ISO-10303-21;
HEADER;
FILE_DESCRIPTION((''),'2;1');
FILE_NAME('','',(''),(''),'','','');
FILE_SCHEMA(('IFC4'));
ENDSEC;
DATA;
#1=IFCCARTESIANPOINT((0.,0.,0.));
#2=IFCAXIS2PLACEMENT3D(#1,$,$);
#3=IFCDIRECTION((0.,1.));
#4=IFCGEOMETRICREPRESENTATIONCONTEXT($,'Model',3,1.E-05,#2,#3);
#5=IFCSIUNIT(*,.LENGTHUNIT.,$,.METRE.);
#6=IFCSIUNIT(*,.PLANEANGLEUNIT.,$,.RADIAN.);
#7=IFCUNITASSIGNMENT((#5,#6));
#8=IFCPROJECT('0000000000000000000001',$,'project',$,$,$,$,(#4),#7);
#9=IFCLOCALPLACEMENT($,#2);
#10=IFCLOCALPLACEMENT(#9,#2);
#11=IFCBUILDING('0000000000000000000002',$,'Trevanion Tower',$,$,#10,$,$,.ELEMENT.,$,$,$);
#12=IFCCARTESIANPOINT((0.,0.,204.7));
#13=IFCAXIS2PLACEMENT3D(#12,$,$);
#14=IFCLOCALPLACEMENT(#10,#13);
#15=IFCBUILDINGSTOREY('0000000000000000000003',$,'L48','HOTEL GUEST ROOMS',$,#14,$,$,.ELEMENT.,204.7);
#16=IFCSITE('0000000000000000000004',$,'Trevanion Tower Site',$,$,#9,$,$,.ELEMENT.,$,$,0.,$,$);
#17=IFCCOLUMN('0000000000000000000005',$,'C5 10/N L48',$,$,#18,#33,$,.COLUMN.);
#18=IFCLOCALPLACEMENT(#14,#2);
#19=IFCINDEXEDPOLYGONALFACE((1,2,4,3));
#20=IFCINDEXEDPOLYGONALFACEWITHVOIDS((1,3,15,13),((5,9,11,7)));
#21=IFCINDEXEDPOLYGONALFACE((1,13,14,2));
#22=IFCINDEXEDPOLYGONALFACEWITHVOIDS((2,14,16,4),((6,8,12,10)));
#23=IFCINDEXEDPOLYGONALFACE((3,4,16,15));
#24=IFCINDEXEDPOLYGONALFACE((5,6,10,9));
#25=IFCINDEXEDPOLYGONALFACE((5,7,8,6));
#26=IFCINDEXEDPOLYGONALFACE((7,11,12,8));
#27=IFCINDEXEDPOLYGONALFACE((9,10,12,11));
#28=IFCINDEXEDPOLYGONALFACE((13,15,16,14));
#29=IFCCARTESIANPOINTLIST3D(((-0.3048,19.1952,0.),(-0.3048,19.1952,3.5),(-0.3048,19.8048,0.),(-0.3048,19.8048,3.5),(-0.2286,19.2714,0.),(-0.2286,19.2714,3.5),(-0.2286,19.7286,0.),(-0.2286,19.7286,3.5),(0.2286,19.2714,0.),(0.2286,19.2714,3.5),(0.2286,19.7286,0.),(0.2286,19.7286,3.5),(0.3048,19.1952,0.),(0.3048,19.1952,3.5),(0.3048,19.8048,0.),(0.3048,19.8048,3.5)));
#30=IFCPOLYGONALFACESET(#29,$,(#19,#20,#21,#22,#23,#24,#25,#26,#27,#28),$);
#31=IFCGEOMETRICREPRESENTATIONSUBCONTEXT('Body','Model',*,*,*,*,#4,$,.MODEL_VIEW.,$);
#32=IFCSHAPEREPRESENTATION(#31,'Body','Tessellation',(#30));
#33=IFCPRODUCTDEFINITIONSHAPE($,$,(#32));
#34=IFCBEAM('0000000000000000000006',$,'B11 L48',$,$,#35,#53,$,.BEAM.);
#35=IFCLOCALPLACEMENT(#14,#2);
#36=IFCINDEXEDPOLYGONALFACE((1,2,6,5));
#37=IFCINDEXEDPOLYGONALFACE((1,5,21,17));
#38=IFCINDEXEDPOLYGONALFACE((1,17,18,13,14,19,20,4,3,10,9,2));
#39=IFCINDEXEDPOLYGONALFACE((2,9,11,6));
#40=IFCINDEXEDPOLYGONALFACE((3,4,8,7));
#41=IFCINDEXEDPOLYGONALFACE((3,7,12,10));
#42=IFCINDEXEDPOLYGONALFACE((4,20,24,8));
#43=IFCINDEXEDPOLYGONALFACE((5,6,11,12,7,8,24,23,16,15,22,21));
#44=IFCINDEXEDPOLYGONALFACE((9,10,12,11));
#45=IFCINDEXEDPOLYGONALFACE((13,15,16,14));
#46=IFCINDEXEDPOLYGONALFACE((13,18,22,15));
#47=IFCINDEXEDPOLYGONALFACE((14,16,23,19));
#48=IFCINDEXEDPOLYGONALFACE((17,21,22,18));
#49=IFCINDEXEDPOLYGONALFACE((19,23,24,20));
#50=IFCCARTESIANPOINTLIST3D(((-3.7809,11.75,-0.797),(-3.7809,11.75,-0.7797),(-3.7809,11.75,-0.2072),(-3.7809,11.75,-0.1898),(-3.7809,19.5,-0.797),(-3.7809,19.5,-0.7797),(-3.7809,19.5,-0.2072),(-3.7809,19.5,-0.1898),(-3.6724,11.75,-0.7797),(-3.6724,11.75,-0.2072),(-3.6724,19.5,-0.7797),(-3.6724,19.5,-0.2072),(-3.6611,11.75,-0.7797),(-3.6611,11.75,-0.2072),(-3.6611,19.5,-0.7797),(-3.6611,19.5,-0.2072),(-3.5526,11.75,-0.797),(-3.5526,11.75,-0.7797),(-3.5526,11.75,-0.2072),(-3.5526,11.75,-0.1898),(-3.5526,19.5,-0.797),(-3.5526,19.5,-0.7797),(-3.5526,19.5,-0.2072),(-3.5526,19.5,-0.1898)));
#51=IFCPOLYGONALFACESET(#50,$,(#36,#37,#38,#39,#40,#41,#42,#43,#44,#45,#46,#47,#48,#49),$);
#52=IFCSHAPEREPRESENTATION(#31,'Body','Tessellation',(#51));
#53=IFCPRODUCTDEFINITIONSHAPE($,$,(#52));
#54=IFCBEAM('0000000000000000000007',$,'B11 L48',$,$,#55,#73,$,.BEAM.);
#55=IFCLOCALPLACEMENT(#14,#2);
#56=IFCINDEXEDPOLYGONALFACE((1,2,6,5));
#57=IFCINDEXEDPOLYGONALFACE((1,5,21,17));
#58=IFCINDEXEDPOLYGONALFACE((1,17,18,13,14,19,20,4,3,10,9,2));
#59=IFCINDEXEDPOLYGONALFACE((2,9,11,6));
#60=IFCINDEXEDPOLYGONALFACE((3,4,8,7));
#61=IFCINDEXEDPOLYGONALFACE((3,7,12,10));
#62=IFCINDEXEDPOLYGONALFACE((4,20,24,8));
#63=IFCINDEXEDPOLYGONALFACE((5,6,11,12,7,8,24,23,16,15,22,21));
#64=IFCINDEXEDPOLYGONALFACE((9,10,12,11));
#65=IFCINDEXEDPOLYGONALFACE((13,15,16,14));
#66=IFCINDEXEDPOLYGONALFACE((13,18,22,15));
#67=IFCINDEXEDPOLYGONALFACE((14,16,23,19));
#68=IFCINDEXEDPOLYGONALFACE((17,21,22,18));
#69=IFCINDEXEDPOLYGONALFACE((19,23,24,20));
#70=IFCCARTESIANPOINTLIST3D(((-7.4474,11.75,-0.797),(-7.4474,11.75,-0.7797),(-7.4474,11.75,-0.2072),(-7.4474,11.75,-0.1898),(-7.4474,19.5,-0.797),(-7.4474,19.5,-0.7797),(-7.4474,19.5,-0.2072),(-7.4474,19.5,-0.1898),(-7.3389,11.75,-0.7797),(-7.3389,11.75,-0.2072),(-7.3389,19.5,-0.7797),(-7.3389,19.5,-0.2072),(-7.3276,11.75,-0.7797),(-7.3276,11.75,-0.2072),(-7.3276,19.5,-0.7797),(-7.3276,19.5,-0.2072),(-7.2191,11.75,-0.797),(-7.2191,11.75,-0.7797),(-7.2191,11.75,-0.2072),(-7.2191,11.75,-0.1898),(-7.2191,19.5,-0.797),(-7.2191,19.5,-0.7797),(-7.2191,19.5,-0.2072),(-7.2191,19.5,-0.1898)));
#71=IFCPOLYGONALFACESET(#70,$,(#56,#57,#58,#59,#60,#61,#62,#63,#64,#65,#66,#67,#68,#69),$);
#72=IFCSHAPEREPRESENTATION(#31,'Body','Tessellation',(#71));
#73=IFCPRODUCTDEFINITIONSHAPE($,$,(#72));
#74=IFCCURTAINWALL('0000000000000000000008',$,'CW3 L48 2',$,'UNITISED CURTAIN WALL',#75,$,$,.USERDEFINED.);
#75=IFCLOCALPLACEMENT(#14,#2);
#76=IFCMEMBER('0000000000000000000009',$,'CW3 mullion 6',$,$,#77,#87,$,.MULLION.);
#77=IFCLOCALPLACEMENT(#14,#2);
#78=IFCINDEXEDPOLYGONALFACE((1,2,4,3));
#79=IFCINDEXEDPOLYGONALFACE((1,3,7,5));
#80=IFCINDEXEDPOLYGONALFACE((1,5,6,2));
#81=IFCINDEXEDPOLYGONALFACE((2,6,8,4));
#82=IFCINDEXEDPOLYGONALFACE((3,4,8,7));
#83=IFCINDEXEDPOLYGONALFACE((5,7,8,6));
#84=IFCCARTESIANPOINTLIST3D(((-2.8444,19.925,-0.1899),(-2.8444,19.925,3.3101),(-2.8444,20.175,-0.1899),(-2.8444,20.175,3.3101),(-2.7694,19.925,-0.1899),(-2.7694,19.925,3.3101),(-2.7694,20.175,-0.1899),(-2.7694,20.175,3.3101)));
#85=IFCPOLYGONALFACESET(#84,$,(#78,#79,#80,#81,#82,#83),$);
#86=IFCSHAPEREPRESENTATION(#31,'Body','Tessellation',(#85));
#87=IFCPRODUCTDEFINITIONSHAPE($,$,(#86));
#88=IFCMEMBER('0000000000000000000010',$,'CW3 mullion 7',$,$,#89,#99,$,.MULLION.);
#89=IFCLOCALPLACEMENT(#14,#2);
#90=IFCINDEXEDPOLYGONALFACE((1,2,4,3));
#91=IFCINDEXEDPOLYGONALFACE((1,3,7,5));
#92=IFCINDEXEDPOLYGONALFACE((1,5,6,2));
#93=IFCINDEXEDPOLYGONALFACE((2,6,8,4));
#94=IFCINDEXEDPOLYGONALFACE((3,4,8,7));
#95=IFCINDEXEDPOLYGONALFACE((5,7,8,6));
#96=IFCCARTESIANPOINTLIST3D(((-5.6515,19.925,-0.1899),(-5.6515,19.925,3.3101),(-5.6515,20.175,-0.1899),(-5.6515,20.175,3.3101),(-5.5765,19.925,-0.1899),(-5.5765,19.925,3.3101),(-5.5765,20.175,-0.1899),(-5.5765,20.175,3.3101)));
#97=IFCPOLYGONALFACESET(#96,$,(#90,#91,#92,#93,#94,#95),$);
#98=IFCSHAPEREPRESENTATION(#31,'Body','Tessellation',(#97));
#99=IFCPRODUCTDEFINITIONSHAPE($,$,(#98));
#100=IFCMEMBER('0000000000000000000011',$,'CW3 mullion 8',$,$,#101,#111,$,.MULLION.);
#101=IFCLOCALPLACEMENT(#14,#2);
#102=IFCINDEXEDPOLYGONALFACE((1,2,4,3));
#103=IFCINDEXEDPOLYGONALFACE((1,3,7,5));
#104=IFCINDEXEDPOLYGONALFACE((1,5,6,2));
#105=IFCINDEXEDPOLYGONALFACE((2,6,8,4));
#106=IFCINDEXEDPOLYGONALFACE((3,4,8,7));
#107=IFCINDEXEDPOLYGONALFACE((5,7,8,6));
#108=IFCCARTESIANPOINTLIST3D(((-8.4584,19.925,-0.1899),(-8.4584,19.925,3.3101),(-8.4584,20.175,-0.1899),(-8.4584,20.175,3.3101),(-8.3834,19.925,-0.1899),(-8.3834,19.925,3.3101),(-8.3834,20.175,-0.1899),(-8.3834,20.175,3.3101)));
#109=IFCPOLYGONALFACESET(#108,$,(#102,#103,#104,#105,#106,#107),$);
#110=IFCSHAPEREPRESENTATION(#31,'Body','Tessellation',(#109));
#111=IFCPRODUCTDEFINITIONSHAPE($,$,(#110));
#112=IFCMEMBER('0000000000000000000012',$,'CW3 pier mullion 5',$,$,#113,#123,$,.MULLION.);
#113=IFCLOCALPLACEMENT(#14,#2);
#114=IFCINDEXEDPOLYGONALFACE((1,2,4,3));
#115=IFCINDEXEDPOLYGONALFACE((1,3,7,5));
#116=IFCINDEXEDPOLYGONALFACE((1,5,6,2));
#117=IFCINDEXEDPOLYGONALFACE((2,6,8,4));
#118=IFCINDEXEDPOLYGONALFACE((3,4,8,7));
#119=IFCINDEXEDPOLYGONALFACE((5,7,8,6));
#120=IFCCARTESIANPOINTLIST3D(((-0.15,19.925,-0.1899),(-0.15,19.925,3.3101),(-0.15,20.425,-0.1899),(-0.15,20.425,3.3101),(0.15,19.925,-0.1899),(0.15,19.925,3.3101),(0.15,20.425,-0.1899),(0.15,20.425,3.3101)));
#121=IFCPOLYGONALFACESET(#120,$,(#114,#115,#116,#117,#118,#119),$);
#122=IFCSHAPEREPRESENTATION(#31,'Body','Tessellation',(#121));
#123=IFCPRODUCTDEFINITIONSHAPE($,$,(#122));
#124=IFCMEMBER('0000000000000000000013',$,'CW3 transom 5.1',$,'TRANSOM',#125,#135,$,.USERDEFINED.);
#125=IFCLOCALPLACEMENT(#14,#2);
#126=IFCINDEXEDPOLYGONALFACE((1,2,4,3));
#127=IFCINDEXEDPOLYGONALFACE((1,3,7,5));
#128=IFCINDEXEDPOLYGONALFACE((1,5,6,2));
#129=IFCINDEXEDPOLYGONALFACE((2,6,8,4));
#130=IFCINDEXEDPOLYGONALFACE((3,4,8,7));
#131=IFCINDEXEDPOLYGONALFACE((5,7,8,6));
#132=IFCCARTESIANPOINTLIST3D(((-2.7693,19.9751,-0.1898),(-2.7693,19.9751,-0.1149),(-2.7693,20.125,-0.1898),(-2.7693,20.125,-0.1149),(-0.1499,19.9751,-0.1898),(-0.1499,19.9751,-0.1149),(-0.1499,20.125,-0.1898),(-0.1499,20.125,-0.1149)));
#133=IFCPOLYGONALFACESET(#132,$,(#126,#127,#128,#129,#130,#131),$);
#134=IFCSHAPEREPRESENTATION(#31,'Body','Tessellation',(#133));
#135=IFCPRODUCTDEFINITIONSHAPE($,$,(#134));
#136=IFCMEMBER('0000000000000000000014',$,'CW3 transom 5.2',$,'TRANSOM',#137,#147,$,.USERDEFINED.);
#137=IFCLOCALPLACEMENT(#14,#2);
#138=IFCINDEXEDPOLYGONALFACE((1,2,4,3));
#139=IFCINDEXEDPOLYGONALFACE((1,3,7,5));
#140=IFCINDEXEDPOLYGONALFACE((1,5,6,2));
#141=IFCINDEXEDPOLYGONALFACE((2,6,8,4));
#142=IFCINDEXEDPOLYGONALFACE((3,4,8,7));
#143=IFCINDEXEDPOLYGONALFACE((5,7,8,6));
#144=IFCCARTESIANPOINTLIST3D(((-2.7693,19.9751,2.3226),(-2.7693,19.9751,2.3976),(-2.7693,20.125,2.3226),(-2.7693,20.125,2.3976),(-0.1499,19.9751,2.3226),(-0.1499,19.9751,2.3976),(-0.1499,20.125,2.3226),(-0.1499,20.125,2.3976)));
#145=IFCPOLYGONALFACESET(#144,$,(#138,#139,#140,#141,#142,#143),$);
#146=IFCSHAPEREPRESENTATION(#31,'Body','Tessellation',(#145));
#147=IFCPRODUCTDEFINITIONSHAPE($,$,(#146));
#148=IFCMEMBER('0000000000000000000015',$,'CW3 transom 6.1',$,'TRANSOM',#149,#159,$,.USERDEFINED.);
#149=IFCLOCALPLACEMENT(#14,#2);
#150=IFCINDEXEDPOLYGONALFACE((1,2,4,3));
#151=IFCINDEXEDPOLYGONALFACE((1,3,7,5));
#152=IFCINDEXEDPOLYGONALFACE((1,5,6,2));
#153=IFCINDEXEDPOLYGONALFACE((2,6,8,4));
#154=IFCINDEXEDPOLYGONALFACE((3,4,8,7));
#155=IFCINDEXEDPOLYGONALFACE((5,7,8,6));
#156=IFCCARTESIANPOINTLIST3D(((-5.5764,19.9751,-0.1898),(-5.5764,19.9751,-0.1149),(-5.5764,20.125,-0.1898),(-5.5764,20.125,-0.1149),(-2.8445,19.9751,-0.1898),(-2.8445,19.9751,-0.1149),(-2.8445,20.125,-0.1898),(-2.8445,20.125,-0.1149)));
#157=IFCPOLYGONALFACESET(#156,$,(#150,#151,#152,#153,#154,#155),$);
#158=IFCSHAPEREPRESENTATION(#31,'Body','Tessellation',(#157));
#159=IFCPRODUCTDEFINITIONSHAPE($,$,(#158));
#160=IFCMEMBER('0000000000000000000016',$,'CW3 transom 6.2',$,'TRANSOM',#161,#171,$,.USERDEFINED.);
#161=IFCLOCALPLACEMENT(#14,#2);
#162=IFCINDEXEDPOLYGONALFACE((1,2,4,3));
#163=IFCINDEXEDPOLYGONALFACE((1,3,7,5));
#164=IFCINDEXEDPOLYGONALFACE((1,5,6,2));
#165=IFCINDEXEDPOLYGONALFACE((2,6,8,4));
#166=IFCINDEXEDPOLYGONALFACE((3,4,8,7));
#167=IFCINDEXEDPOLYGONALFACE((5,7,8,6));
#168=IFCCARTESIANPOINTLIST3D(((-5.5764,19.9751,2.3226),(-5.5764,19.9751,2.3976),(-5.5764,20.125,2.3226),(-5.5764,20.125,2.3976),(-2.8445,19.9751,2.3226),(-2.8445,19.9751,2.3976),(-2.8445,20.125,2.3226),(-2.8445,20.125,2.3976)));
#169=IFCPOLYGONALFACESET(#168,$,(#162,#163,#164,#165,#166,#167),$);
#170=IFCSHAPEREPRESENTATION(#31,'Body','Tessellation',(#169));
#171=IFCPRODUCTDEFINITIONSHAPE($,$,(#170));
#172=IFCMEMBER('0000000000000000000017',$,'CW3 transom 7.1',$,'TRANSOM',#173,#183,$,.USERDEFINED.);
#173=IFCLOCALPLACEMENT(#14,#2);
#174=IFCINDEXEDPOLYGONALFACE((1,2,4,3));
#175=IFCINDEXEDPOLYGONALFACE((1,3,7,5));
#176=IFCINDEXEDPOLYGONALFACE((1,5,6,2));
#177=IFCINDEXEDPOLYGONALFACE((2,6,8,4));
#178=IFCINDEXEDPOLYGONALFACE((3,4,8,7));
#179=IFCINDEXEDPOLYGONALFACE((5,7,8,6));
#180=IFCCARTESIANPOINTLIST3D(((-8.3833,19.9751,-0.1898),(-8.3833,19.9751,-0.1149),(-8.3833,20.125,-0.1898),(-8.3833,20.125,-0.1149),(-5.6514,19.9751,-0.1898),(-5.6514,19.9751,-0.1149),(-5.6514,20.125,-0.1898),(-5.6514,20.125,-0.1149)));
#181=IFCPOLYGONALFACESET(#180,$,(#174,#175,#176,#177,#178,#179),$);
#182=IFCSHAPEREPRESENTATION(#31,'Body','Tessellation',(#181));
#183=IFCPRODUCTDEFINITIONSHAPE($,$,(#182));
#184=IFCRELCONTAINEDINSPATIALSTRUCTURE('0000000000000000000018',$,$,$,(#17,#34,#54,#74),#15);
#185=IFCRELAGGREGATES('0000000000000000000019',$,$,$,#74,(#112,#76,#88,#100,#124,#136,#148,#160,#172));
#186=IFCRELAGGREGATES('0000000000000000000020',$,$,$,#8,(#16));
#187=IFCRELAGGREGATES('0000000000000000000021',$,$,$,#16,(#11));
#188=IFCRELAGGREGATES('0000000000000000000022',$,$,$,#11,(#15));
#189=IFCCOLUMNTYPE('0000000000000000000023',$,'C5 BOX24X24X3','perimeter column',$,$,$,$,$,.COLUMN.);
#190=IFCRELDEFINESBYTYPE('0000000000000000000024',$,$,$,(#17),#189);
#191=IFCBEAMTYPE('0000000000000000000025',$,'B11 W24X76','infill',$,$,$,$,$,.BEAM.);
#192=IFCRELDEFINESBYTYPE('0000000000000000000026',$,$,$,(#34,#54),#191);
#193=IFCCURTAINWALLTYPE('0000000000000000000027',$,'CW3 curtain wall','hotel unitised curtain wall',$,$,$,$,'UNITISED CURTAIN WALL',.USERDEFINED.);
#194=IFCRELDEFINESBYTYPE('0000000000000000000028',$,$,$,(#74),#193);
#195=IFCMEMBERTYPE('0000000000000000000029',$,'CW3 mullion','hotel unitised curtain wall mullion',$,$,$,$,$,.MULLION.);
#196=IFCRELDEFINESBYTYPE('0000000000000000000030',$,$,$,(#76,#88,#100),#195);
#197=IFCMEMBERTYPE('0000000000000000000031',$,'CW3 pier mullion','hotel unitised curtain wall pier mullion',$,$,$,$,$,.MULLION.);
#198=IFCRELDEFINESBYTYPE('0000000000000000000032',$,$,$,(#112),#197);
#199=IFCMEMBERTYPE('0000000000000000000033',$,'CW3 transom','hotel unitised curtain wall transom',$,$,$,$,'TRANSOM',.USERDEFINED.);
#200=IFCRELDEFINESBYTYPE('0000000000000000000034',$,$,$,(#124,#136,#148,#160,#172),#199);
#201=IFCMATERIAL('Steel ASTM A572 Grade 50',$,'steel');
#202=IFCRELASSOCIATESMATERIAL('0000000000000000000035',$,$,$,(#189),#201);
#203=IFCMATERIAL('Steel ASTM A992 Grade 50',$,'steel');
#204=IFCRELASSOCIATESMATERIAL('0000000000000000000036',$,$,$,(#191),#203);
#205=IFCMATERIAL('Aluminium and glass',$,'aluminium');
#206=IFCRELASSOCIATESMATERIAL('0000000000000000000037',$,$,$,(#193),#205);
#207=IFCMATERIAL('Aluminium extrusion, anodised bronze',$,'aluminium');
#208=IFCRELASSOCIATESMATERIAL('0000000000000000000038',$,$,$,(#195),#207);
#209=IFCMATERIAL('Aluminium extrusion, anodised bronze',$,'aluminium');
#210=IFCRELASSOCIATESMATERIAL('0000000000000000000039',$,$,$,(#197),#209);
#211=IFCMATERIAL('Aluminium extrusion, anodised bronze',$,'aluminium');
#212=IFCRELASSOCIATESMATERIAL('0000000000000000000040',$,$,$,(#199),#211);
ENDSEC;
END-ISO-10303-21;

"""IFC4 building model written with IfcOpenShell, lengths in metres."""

from ifc_helpers import new_model, si_unit, direction, frame, origin, origin_2d, place, context, subcontext, project, spatial, rectangle, hollow_rectangle, i_section, extrude, material, material_profile, profile_set, type_object, element, aggregate, save


model = new_model("IFC4")

# Units and contexts
model_context = context("Model", 3, precision=1e-05, world=origin(), true_north=direction((0.0, 1.0)))
body_context = subcontext(model_context, "Body", "Model", "MODEL_VIEW")
ifc_project = project(units=[si_unit("LENGTHUNIT", "METRE"), si_unit("PLANEANGLEUNIT", "RADIAN")], contexts=[model_context])

# Site, building, storey
site_placement = place(None, origin())
site = spatial("IfcSite", under=ifc_project, at=site_placement, Name="Trevanion Tower Site", CompositionType="ELEMENT", RefElevation=0.0)
building_placement = place(site_placement, origin())
building = spatial("IfcBuilding", under=site, at=building_placement, Name="Trevanion Tower", CompositionType="ELEMENT")
storey_placement = place(building_placement, frame((0.0, 0.0, 204.7)))
storey = spatial("IfcBuildingStorey", under=building, at=storey_placement, Name="L48", Description="HOTEL GUEST ROOMS", CompositionType="ELEMENT", Elevation=204.7)

# Column
ifc_material_1 = material(Name="Steel ASTM A572 Grade 50", Category="steel")
ifc_material_profile_1 = material_profile(ifc_material_1, hollow_rectangle(XDim=0.6096, YDim=0.6096, WallThickness=0.0762, at=origin_2d()), Name="BOX24X24X3")
ifc_profile_set_1 = profile_set([ifc_material_profile_1], Name="Steel ASTM A572 Grade 50")
column_type = type_object("IfcColumnType", Name="C5 BOX24X24X3", Description="perimeter column", PredefinedType="COLUMN", material=ifc_profile_set_1)
column_placement = place(storey_placement, frame((0.0, 19.5, 0.0), z_axis=(0.0, 0.0, 1.0), x_axis=(1.0, 0.0, 0.0)))
element("IfcColumn", 1, at=column_placement, inside=storey, type_object=column_type, Name="C5 10/N L48", PredefinedType="COLUMN", context=body_context, shape_type="SweptSolid", body=[
    extrude(hollow_rectangle(XDim=0.6096, YDim=0.6096, WallThickness=0.0762, at=origin_2d()), origin(), (0.0, 0.0, 1.0), 3.5),
])

# Beams
ifc_material_2 = material(Name="Steel ASTM A992 Grade 50", Category="steel")
ifc_material_profile_2 = material_profile(ifc_material_2, i_section(OverallWidth=0.2283, OverallDepth=0.6072, WebThickness=0.0112, FlangeThickness=0.0173, at=origin_2d()), Name="W24X76")
ifc_profile_set_2 = profile_set([ifc_material_profile_2], Name="Steel ASTM A992 Grade 50")
beam_type_1 = type_object("IfcBeamType", Name="B11 W24X76", Description="infill", PredefinedType="BEAM", material=ifc_profile_set_2)
for number, where, z_axis, x_axis, name in (
    (2, (-3.6667, 11.75, -0.4934), (0.0, 1.0, 0.0), (-1.0, 0.0, 0.0), "B11 L48"),
    (3, (-7.3333, 11.75, -0.4934), (0.0, 1.0, 0.0), (-1.0, 0.0, 0.0), "B11 L48"),
):
    element("IfcBeam", number, at=place(storey_placement, frame(where, z_axis=z_axis, x_axis=x_axis)), inside=storey, type_object=beam_type_1, Name=name, PredefinedType="BEAM", context=body_context, shape_type="SweptSolid", body=[
        extrude(i_section(OverallWidth=0.2283, OverallDepth=0.6072, WebThickness=0.0112, FlangeThickness=0.0173, at=origin_2d()), origin(), (0.0, 0.0, 1.0), 7.75),
    ])

# Curtain wall, members
ifc_material_3 = material(Name="Aluminium and glass", Category="aluminium")
curtain_wall_type = type_object("IfcCurtainWallType", Name="CW3 curtain wall", Description="hotel unitised curtain wall", ElementType="UNITISED CURTAIN WALL", PredefinedType="USERDEFINED", material=ifc_material_3)
curtain_wall_placement = place(storey_placement, origin())
curtain_wall = element("IfcCurtainWall", 4, at=curtain_wall_placement, inside=storey, type_object=curtain_wall_type, Name="CW3 L48 2", ObjectType="UNITISED CURTAIN WALL", PredefinedType="USERDEFINED")
ifc_material_4 = material(Name="Aluminium extrusion, anodised bronze", Category="aluminium")
ifc_material_profile_3 = material_profile(ifc_material_4, rectangle(XDim=0.075, YDim=0.25, at=origin_2d()), Name="CW3 mullion")
ifc_profile_set_3 = profile_set([ifc_material_profile_3], Name="Aluminium extrusion, anodised bronze")
member_type_1 = type_object("IfcMemberType", Name="CW3 mullion", Description="hotel unitised curtain wall mullion", PredefinedType="MULLION", material=ifc_profile_set_3)
member_1_placement = place(storey_placement, frame((-2.8069, 20.05, -0.1899), z_axis=(0.0, 0.0, 1.0), x_axis=(-1.0, 0.0, 0.0)))
member_1 = element("IfcMember", 5, at=member_1_placement, type_object=member_type_1, Name="CW3 mullion 6", PredefinedType="MULLION", context=body_context, shape_type="SweptSolid", body=[
    extrude(rectangle(XDim=0.075, YDim=0.25, at=origin_2d()), origin(), (0.0, 0.0, 1.0), 3.5),
])
member_2_placement = place(storey_placement, frame((-5.614, 20.05, -0.1899), z_axis=(0.0, 0.0, 1.0), x_axis=(-1.0, 0.0, 0.0)))
member_2 = element("IfcMember", 6, at=member_2_placement, type_object=member_type_1, Name="CW3 mullion 7", PredefinedType="MULLION", context=body_context, shape_type="SweptSolid", body=[
    extrude(rectangle(XDim=0.075, YDim=0.25, at=origin_2d()), origin(), (0.0, 0.0, 1.0), 3.5),
])
member_3_placement = place(storey_placement, frame((-8.4209, 20.05, -0.1899), z_axis=(0.0, 0.0, 1.0), x_axis=(-1.0, 0.0, 0.0)))
member_3 = element("IfcMember", 7, at=member_3_placement, type_object=member_type_1, Name="CW3 mullion 8", PredefinedType="MULLION", context=body_context, shape_type="SweptSolid", body=[
    extrude(rectangle(XDim=0.075, YDim=0.25, at=origin_2d()), origin(), (0.0, 0.0, 1.0), 3.5),
])
ifc_material_5 = material(Name="Aluminium extrusion, anodised bronze", Category="aluminium")
ifc_material_profile_4 = material_profile(ifc_material_5, rectangle(XDim=0.3, YDim=0.5, at=origin_2d()), Name="CW3 pier mullion")
ifc_profile_set_4 = profile_set([ifc_material_profile_4], Name="Aluminium extrusion, anodised bronze")
member_type_2 = type_object("IfcMemberType", Name="CW3 pier mullion", Description="hotel unitised curtain wall pier mullion", PredefinedType="MULLION", material=ifc_profile_set_4)
member_4_placement = place(storey_placement, frame((0.0, 20.175, -0.1899), z_axis=(0.0, 0.0, 1.0), x_axis=(-1.0, 0.0, 0.0)))
member_4 = element("IfcMember", 8, at=member_4_placement, type_object=member_type_2, Name="CW3 pier mullion 5", PredefinedType="MULLION", context=body_context, shape_type="SweptSolid", body=[
    extrude(rectangle(XDim=0.3, YDim=0.5, at=origin_2d()), origin(), (0.0, 0.0, 1.0), 3.5),
])
ifc_material_6 = material(Name="Aluminium extrusion, anodised bronze", Category="aluminium")
ifc_material_profile_5 = material_profile(ifc_material_6, rectangle(XDim=0.1499, YDim=0.075, at=origin_2d()), Name="CW3 transom")
ifc_profile_set_5 = profile_set([ifc_material_profile_5], Name="Aluminium extrusion, anodised bronze")
member_type_3 = type_object("IfcMemberType", Name="CW3 transom", Description="hotel unitised curtain wall transom", ElementType="TRANSOM", PredefinedType="USERDEFINED", material=ifc_profile_set_5)
member_5_placement = place(storey_placement, frame((-0.1499, 20.05, -0.1523), z_axis=(-1.0, 0.0, 0.0), x_axis=(0.0, -1.0, 0.0)))
member_5 = element("IfcMember", 9, at=member_5_placement, type_object=member_type_3, Name="CW3 transom 5.1", ObjectType="TRANSOM", PredefinedType="USERDEFINED", context=body_context, shape_type="SweptSolid", body=[
    extrude(rectangle(XDim=0.1499, YDim=0.075, at=origin_2d()), origin(), (0.0, 0.0, 1.0), 2.6194),
])
member_6_placement = place(storey_placement, frame((-0.1499, 20.05, 2.3601), z_axis=(-1.0, 0.0, 0.0), x_axis=(0.0, -1.0, 0.0)))
member_6 = element("IfcMember", 10, at=member_6_placement, type_object=member_type_3, Name="CW3 transom 5.2", ObjectType="TRANSOM", PredefinedType="USERDEFINED", context=body_context, shape_type="SweptSolid", body=[
    extrude(rectangle(XDim=0.1499, YDim=0.075, at=origin_2d()), origin(), (0.0, 0.0, 1.0), 2.6194),
])
member_7_placement = place(storey_placement, frame((-2.8445, 20.05, -0.1523), z_axis=(-1.0, 0.0, 0.0), x_axis=(0.0, -1.0, 0.0)))
member_7 = element("IfcMember", 11, at=member_7_placement, type_object=member_type_3, Name="CW3 transom 6.1", ObjectType="TRANSOM", PredefinedType="USERDEFINED", context=body_context, shape_type="SweptSolid", body=[
    extrude(rectangle(XDim=0.1499, YDim=0.075, at=origin_2d()), origin(), (0.0, 0.0, 1.0), 2.7319),
])
member_8_placement = place(storey_placement, frame((-2.8445, 20.05, 2.3601), z_axis=(-1.0, 0.0, 0.0), x_axis=(0.0, -1.0, 0.0)))
member_8 = element("IfcMember", 12, at=member_8_placement, type_object=member_type_3, Name="CW3 transom 6.2", ObjectType="TRANSOM", PredefinedType="USERDEFINED", context=body_context, shape_type="SweptSolid", body=[
    extrude(rectangle(XDim=0.1499, YDim=0.075, at=origin_2d()), origin(), (0.0, 0.0, 1.0), 2.7319),
])
member_9_placement = place(storey_placement, frame((-5.6514, 20.05, -0.1523), z_axis=(-1.0, 0.0, 0.0), x_axis=(0.0, -1.0, 0.0)))
member_9 = element("IfcMember", 13, at=member_9_placement, type_object=member_type_3, Name="CW3 transom 7.1", ObjectType="TRANSOM", PredefinedType="USERDEFINED", context=body_context, shape_type="SweptSolid", body=[
    extrude(rectangle(XDim=0.1499, YDim=0.075, at=origin_2d()), origin(), (0.0, 0.0, 1.0), 2.7319),
])

aggregate(curtain_wall, [member_4, member_1, member_2, member_3, member_5, member_6, member_7, member_8, member_9])

save(model, "model.ifc")
